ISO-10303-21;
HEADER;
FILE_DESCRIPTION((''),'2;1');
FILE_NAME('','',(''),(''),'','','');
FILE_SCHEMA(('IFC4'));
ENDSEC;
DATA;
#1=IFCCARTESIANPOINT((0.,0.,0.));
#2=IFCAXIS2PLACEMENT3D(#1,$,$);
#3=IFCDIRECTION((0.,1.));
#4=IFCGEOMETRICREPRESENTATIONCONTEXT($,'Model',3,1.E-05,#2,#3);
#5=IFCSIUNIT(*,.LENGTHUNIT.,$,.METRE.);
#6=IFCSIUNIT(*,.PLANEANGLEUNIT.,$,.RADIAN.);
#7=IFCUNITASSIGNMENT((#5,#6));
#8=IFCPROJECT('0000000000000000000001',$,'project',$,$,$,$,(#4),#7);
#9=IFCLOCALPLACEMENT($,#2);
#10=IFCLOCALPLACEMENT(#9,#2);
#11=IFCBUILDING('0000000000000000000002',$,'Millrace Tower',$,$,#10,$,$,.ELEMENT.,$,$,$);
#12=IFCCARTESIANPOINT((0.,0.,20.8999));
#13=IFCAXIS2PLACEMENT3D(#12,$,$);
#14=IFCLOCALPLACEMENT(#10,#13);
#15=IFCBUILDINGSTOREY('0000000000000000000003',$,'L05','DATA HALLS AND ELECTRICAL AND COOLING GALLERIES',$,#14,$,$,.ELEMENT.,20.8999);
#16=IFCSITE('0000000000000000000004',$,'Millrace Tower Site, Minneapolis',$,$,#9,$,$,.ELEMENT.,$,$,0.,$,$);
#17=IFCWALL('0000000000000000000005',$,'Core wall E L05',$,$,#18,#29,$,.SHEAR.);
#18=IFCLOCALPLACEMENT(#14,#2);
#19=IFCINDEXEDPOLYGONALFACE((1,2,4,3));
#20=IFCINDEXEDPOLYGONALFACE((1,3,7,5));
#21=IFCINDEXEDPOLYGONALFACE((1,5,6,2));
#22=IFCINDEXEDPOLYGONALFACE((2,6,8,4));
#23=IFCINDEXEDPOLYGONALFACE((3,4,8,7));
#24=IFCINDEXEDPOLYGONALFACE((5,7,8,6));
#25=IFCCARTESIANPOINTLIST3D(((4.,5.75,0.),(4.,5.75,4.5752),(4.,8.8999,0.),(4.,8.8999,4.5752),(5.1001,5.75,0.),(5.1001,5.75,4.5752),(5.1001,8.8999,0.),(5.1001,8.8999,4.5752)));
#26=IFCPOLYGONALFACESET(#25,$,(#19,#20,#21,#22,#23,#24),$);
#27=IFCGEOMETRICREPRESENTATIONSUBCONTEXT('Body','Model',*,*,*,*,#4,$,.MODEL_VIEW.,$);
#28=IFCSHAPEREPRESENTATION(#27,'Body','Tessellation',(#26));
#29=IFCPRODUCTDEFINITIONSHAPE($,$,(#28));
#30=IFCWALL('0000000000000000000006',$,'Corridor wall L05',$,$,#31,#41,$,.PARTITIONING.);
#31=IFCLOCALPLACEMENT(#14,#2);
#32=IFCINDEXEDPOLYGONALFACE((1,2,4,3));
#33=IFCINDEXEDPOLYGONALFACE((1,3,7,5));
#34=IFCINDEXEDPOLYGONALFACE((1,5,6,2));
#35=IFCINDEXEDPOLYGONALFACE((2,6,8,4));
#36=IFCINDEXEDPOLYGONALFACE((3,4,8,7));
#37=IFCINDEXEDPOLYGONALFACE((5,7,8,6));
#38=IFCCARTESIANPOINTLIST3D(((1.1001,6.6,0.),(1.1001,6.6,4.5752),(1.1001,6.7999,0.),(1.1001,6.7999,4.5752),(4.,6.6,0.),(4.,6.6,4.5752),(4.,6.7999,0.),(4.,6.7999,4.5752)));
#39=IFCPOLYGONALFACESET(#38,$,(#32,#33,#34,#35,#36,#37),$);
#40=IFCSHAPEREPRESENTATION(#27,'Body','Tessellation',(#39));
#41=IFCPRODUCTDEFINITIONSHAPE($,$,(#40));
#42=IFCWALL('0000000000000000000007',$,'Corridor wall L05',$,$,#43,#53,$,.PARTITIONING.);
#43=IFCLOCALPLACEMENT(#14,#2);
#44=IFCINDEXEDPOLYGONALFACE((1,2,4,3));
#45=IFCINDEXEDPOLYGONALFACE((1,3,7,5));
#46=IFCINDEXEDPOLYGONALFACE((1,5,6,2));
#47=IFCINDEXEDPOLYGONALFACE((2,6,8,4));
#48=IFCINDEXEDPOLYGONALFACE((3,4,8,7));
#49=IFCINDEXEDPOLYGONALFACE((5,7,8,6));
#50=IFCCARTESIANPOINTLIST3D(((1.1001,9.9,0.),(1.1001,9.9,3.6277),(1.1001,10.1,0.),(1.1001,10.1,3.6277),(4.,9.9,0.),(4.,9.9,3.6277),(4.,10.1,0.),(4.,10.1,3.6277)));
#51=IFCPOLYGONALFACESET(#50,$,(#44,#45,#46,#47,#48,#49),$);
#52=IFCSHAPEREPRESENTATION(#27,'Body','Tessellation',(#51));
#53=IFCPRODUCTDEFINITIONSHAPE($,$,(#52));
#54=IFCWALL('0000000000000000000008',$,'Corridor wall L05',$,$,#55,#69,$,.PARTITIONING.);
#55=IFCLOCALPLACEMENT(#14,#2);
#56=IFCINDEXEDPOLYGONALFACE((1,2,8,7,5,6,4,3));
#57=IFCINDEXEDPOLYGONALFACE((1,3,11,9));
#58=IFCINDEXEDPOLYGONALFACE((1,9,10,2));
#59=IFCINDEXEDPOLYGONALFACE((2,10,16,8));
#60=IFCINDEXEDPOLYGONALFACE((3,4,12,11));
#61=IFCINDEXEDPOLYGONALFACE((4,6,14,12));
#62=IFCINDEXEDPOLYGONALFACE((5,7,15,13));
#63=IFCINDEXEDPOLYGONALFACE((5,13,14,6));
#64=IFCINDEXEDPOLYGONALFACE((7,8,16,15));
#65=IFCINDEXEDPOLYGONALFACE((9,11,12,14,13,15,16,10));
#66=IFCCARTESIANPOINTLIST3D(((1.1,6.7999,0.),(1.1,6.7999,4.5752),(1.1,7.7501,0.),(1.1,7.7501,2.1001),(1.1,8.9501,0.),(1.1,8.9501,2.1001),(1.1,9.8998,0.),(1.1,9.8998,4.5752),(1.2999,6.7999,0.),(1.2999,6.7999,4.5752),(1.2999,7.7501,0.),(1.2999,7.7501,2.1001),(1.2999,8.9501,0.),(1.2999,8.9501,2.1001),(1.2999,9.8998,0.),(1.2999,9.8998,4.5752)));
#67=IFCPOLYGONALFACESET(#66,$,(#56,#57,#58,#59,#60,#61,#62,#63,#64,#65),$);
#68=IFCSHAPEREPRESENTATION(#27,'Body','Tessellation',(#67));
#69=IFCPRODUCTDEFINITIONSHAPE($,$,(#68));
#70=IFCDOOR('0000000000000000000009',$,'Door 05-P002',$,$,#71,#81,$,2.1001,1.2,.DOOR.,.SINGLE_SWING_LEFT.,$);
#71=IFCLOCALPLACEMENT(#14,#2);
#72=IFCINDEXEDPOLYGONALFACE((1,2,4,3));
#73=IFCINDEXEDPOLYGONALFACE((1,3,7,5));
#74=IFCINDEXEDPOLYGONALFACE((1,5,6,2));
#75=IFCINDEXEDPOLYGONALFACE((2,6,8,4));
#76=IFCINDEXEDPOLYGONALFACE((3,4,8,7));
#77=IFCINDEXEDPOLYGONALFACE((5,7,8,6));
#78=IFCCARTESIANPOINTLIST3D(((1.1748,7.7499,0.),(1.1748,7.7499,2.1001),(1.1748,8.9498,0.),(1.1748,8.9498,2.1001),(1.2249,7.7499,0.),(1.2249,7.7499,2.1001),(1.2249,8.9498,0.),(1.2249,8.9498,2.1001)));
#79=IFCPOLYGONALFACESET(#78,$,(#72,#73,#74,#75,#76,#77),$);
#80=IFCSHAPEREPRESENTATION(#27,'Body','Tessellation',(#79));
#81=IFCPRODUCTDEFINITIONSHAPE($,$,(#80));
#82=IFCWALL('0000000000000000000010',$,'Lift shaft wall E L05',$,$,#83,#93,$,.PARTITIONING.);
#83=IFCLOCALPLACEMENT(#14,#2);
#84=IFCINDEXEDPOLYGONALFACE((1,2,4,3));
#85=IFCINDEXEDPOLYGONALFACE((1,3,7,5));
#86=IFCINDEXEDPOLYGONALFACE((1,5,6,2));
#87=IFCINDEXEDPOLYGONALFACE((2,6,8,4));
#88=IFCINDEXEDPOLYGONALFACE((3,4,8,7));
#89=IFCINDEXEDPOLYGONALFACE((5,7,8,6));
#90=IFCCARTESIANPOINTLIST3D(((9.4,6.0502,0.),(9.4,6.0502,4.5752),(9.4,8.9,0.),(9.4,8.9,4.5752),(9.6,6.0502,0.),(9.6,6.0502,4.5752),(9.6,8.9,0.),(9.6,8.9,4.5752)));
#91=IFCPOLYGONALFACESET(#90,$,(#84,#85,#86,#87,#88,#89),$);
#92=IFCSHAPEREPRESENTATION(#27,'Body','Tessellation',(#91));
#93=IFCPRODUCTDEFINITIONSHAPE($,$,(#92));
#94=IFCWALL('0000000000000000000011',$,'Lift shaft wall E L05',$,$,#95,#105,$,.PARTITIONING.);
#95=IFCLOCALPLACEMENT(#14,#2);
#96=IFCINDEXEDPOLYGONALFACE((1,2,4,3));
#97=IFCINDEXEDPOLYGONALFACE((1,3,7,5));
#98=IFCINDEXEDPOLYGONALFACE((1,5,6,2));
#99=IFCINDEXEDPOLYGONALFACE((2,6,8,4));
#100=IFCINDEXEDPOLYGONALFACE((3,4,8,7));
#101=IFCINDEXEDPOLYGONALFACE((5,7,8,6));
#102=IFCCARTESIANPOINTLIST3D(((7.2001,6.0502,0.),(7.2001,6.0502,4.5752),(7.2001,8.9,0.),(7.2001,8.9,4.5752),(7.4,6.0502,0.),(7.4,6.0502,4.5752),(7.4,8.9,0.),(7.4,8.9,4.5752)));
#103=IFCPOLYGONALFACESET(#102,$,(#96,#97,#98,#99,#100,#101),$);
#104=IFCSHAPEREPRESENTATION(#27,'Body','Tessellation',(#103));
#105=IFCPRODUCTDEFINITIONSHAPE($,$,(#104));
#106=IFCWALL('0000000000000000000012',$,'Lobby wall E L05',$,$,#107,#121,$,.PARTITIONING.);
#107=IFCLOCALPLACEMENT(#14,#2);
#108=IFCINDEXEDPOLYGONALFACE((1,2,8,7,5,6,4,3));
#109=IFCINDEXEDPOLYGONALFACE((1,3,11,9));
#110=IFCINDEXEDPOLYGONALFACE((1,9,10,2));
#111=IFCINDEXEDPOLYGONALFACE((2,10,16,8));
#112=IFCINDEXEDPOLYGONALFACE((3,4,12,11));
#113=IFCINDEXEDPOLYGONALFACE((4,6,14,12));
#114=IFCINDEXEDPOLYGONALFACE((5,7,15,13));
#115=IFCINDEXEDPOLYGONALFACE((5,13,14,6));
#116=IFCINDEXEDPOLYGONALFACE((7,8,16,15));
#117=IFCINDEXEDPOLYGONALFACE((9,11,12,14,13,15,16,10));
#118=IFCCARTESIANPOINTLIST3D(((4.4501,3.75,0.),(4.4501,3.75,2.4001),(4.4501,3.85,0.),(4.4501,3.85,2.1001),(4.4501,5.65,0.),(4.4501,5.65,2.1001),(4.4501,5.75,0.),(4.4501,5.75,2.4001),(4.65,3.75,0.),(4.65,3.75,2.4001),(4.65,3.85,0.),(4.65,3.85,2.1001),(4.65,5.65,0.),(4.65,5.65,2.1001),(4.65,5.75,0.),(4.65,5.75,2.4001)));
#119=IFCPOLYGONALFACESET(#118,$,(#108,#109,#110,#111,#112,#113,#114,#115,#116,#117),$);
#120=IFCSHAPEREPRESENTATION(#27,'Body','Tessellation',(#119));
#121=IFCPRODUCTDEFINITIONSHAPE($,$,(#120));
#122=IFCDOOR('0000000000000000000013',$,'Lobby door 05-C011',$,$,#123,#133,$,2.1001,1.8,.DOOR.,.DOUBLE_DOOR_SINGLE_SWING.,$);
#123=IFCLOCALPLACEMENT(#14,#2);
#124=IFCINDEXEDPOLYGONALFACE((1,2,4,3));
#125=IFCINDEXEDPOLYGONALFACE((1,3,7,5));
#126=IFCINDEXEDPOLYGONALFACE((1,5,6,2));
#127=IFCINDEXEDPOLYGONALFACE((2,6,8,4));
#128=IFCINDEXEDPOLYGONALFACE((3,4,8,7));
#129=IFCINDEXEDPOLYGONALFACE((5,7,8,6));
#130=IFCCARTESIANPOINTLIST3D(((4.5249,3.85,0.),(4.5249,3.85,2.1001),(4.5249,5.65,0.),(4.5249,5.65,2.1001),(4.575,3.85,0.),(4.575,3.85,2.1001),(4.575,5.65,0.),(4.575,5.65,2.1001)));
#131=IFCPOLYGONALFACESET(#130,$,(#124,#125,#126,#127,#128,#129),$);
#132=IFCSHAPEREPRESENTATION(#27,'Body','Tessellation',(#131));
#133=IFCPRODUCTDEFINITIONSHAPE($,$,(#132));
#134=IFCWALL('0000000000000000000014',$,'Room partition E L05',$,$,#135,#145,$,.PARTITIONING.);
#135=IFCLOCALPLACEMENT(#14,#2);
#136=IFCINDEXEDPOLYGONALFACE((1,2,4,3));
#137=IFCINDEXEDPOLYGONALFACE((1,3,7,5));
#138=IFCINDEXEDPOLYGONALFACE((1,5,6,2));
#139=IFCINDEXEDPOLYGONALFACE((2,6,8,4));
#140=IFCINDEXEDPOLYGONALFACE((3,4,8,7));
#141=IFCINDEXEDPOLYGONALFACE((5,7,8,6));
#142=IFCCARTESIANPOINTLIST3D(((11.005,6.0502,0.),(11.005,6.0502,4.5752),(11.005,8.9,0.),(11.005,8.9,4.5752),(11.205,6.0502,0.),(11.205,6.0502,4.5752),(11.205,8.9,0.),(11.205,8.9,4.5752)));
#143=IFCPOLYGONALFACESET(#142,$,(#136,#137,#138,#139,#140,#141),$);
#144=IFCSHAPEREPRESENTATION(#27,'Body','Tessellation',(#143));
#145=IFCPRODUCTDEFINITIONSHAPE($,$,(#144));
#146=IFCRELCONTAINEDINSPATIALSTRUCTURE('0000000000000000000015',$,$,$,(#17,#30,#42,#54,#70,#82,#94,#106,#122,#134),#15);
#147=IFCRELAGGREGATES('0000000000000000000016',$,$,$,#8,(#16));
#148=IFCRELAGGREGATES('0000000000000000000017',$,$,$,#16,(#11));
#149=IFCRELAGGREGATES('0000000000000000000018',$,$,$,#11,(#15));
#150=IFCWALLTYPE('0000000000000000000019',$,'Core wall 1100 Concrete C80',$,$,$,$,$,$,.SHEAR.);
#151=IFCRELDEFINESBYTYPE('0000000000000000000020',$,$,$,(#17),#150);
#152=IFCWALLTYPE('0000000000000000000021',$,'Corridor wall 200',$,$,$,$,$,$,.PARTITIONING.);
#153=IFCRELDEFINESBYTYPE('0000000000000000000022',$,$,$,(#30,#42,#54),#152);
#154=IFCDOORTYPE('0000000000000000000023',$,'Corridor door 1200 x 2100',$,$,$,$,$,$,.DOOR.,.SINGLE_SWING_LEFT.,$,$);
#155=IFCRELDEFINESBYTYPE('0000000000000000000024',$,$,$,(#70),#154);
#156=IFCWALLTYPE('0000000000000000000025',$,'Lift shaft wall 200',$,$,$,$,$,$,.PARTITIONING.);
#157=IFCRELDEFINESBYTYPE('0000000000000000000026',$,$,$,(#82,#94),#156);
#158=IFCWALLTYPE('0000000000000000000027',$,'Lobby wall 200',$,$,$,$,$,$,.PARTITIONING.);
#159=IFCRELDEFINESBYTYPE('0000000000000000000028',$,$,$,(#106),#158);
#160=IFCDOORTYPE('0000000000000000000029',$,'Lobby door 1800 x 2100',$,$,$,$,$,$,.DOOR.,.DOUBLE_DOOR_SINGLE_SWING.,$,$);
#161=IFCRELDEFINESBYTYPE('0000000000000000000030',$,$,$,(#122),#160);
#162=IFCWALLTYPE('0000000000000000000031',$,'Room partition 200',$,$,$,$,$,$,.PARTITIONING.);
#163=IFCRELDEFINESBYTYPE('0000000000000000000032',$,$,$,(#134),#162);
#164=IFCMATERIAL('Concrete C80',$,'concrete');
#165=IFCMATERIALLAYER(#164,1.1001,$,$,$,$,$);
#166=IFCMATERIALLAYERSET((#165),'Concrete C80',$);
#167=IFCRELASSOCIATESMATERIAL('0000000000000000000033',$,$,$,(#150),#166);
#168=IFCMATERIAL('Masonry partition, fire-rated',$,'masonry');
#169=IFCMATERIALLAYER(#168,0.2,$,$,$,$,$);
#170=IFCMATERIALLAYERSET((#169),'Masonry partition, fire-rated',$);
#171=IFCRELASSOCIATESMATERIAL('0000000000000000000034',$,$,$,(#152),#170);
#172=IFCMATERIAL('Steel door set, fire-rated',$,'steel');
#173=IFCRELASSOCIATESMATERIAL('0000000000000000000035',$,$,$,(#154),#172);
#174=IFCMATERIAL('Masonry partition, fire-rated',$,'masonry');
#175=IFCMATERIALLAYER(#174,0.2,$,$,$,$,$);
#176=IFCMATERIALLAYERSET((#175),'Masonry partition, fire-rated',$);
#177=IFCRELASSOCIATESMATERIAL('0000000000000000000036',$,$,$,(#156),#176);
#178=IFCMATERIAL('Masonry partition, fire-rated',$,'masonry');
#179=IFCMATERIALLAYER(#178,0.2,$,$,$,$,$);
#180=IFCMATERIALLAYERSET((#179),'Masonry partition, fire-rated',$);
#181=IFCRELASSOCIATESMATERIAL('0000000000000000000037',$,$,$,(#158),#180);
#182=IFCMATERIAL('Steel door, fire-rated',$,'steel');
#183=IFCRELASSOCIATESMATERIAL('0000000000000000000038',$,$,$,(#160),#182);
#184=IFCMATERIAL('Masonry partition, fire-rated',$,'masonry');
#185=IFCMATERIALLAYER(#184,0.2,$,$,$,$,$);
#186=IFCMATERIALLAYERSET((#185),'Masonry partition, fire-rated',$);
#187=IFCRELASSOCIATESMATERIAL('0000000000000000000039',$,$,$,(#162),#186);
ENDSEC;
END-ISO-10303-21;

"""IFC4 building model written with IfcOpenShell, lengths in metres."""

from ifc_helpers import new_model, si_unit, direction, frame, frame_2d, origin, place, context, subcontext, project, spatial, rectangle, extrude, material, layer, layer_set, type_object, element, fill, save


model = new_model("IFC4")

# Units and contexts
model_context = context("Model", 3, precision=1e-05, world=origin(), true_north=direction((0.0, 1.0)))
body_context = subcontext(model_context, "Body", "Model", "MODEL_VIEW")
ifc_project = project(units=[si_unit("LENGTHUNIT", "METRE"), si_unit("PLANEANGLEUNIT", "RADIAN")], contexts=[model_context])

# Site, building, storey
site_placement = place(None, origin())
site = spatial("IfcSite", under=ifc_project, at=site_placement, Name="Millrace Tower Site, Minneapolis", CompositionType="ELEMENT", RefElevation=0.0)
building_placement = place(site_placement, origin())
building = spatial("IfcBuilding", under=site, at=building_placement, Name="Millrace Tower", CompositionType="ELEMENT")
storey_placement = place(building_placement, frame((0.0, 0.0, 20.8999)))
storey = spatial("IfcBuildingStorey", under=building, at=storey_placement, Name="L05", Description="DATA HALLS AND ELECTRICAL AND COOLING GALLERIES", CompositionType="ELEMENT", Elevation=20.8999)

# Walls
ifc_material_1 = material(Name="Concrete C80", Category="concrete")
ifc_layer_1 = layer(ifc_material_1, 1.1001)
ifc_layer_set_1 = layer_set([ifc_layer_1], Name="Concrete C80")
wall_type_1 = type_object("IfcWallType", Name="Core wall 1100 Concrete C80", PredefinedType="SHEAR", material=ifc_layer_set_1)
wall_1_placement = place(storey_placement, frame((4.55, 8.8999, 0.0), z_axis=(0.0, 0.0, 1.0), x_axis=(0.0, -1.0, 0.0)))
element("IfcWall", 1, at=wall_1_placement, inside=storey, type_object=wall_type_1, Name="Core wall E L05", PredefinedType="SHEAR", context=body_context, shape_type="SweptSolid", body=[
    extrude(rectangle(XDim=3.1499, YDim=1.1001, at=frame_2d((1.575, 0.0))), origin(), (0.0, 0.0, 1.0), 4.5752),
])
ifc_material_2 = material(Name="Masonry partition, fire-rated", Category="masonry")
ifc_layer_2 = layer(ifc_material_2, 0.2)
ifc_layer_set_2 = layer_set([ifc_layer_2], Name="Masonry partition, fire-rated")
wall_type_2 = type_object("IfcWallType", Name="Corridor wall 200", PredefinedType="PARTITIONING", material=ifc_layer_set_2)
wall_2_placement = place(storey_placement, frame((1.1001, 6.7, 0.0), z_axis=(0.0, 0.0, 1.0), x_axis=(1.0, 0.0, 0.0)))
element("IfcWall", 2, at=wall_2_placement, inside=storey, type_object=wall_type_2, Name="Corridor wall L05", PredefinedType="PARTITIONING", context=body_context, shape_type="SweptSolid", body=[
    extrude(rectangle(XDim=2.8999, YDim=0.2, at=frame_2d((1.45, 0.0))), origin(), (0.0, 0.0, 1.0), 4.5752),
])
wall_3_placement = place(storey_placement, frame((1.1001, 10.0, 0.0), z_axis=(0.0, 0.0, 1.0), x_axis=(1.0, 0.0, 0.0)))
element("IfcWall", 3, at=wall_3_placement, inside=storey, type_object=wall_type_2, Name="Corridor wall L05", PredefinedType="PARTITIONING", context=body_context, shape_type="SweptSolid", body=[
    extrude(rectangle(XDim=2.8999, YDim=0.2, at=frame_2d((1.45, 0.0))), origin(), (0.0, 0.0, 1.0), 3.6277),
])

# Wall, opening, door
wall_4_placement = place(storey_placement, frame((1.2, 6.8, 0.0), z_axis=(0.0, 0.0, 1.0), x_axis=(0.0, 1.0, 0.0)))
wall_4 = element("IfcWall", 4, at=wall_4_placement, inside=storey, type_object=wall_type_2, Name="Corridor wall L05", PredefinedType="PARTITIONING", context=body_context, shape_type="SweptSolid", body=[
    extrude(rectangle(XDim=3.0999, YDim=0.2, at=frame_2d((1.5498, 0.0))), origin(), (0.0, 0.0, 1.0), 4.5752),
])
opening_1_placement = place(wall_4_placement, frame((0.95, 0.0, 0.0)))
opening_1 = element("IfcOpeningElement", 5, at=opening_1_placement, cuts=wall_4, PredefinedType="OPENING", context=body_context, shape_type="SweptSolid", body=[
    extrude(rectangle(XDim=1.2, YDim=2.1001, at=frame_2d((0.6001, 1.05))), frame((0.0, 0.1099, 0.0), z_axis=(0.0, -1.0, 0.0), x_axis=(1.0, 0.0, 0.0)), (0.0, 0.0, 1.0), 0.22),
])
ifc_material_3 = material(Name="Steel door set, fire-rated", Category="steel")
door_type_1 = type_object("IfcDoorType", Name="Corridor door 1200 x 2100", OperationType="SINGLE_SWING_LEFT", PredefinedType="DOOR", material=ifc_material_3)
door_1_placement = place(opening_1_placement, frame((1.2, 0.0, 0.0), z_axis=(0.0, 0.0, 1.0), x_axis=(-1.0, 0.0, 0.0)))
door_1 = element("IfcDoor", 6, at=door_1_placement, inside=storey, type_object=door_type_1, Name="Door 05-P002", OperationType="SINGLE_SWING_LEFT", OverallHeight=2.1001, OverallWidth=1.2, PredefinedType="DOOR", context=body_context, shape_type="SweptSolid", body=[
    extrude(rectangle(XDim=1.2, YDim=2.1001, at=frame_2d((0.6001, 1.05))), frame((0.0, 0.0249, 0.0), z_axis=(0.0, -1.0, 0.0), x_axis=(1.0, 0.0, 0.0)), (0.0, 0.0, 1.0), 0.05),
])
fill(opening_1, door_1)

# Walls
ifc_material_4 = material(Name="Masonry partition, fire-rated", Category="masonry")
ifc_layer_3 = layer(ifc_material_4, 0.2)
ifc_layer_set_3 = layer_set([ifc_layer_3], Name="Masonry partition, fire-rated")
wall_type_3 = type_object("IfcWallType", Name="Lift shaft wall 200", PredefinedType="PARTITIONING", material=ifc_layer_set_3)
for number, where, z_axis, x_axis, name in (
    (7, (9.5, 8.8999, 0.0), (0.0, 0.0, 1.0), (0.0, -1.0, 0.0), "Lift shaft wall E L05"),
    (8, (7.3, 8.8999, 0.0), (0.0, 0.0, 1.0), (0.0, -1.0, 0.0), "Lift shaft wall E L05"),
):
    element("IfcWall", number, at=place(storey_placement, frame(where, z_axis=z_axis, x_axis=x_axis)), inside=storey, type_object=wall_type_3, Name=name, PredefinedType="PARTITIONING", context=body_context, shape_type="SweptSolid", body=[
        extrude(rectangle(XDim=2.8499, YDim=0.2, at=frame_2d((1.4248, 0.0))), origin(), (0.0, 0.0, 1.0), 4.5752),
    ])

# Wall, opening, door
ifc_material_5 = material(Name="Masonry partition, fire-rated", Category="masonry")
ifc_layer_4 = layer(ifc_material_5, 0.2)
ifc_layer_set_4 = layer_set([ifc_layer_4], Name="Masonry partition, fire-rated")
wall_type_4 = type_object("IfcWallType", Name="Lobby wall 200", PredefinedType="PARTITIONING", material=ifc_layer_set_4)
wall_5_placement = place(storey_placement, frame((4.55, 5.75, 0.0), z_axis=(0.0, 0.0, 1.0), x_axis=(0.0, -1.0, 0.0)))
wall_5 = element("IfcWall", 9, at=wall_5_placement, inside=storey, type_object=wall_type_4, Name="Lobby wall E L05", PredefinedType="PARTITIONING", context=body_context, shape_type="SweptSolid", body=[
    extrude(rectangle(XDim=2.0, YDim=0.2, at=frame_2d((1.0, 0.0))), origin(), (0.0, 0.0, 1.0), 2.4001),
])
opening_2_placement = place(wall_5_placement, frame((0.1001, 0.0, 0.0)))
opening_2 = element("IfcOpeningElement", 10, at=opening_2_placement, cuts=wall_5, PredefinedType="OPENING", context=body_context, shape_type="SweptSolid", body=[
    extrude(rectangle(XDim=1.8, YDim=2.1001, at=frame_2d((0.8999, 1.05))), frame((0.0, 0.1099, 0.0), z_axis=(0.0, -1.0, 0.0), x_axis=(1.0, 0.0, 0.0)), (0.0, 0.0, 1.0), 0.22),
])
ifc_material_6 = material(Name="Steel door, fire-rated", Category="steel")
door_type_2 = type_object("IfcDoorType", Name="Lobby door 1800 x 2100", OperationType="DOUBLE_DOOR_SINGLE_SWING", PredefinedType="DOOR", material=ifc_material_6)
door_2_placement = place(opening_2_placement, origin())
door_2 = element("IfcDoor", 11, at=door_2_placement, inside=storey, type_object=door_type_2, Name="Lobby door 05-C011", OperationType="DOUBLE_DOOR_SINGLE_SWING", OverallHeight=2.1001, OverallWidth=1.8, PredefinedType="DOOR", context=body_context, shape_type="SweptSolid", body=[
    extrude(rectangle(XDim=1.8, YDim=2.1001, at=frame_2d((0.8999, 1.05))), frame((0.0, 0.0249, 0.0), z_axis=(0.0, -1.0, 0.0), x_axis=(1.0, 0.0, 0.0)), (0.0, 0.0, 1.0), 0.05),
])
fill(opening_2, door_2)

# Wall
ifc_material_7 = material(Name="Masonry partition, fire-rated", Category="masonry")
ifc_layer_5 = layer(ifc_material_7, 0.2)
ifc_layer_set_5 = layer_set([ifc_layer_5], Name="Masonry partition, fire-rated")
wall_type_5 = type_object("IfcWallType", Name="Room partition 200", PredefinedType="PARTITIONING", material=ifc_layer_set_5)
wall_6_placement = place(storey_placement, frame((11.105, 8.8999, 0.0), z_axis=(0.0, 0.0, 1.0), x_axis=(0.0, -1.0, 0.0)))
element("IfcWall", 12, at=wall_6_placement, inside=storey, type_object=wall_type_5, Name="Room partition E L05", PredefinedType="PARTITIONING", context=body_context, shape_type="SweptSolid", body=[
    extrude(rectangle(XDim=2.8499, YDim=0.2, at=frame_2d((1.4248, 0.0))), origin(), (0.0, 0.0, 1.0), 4.5752),
])

save(model, "model.ifc")
